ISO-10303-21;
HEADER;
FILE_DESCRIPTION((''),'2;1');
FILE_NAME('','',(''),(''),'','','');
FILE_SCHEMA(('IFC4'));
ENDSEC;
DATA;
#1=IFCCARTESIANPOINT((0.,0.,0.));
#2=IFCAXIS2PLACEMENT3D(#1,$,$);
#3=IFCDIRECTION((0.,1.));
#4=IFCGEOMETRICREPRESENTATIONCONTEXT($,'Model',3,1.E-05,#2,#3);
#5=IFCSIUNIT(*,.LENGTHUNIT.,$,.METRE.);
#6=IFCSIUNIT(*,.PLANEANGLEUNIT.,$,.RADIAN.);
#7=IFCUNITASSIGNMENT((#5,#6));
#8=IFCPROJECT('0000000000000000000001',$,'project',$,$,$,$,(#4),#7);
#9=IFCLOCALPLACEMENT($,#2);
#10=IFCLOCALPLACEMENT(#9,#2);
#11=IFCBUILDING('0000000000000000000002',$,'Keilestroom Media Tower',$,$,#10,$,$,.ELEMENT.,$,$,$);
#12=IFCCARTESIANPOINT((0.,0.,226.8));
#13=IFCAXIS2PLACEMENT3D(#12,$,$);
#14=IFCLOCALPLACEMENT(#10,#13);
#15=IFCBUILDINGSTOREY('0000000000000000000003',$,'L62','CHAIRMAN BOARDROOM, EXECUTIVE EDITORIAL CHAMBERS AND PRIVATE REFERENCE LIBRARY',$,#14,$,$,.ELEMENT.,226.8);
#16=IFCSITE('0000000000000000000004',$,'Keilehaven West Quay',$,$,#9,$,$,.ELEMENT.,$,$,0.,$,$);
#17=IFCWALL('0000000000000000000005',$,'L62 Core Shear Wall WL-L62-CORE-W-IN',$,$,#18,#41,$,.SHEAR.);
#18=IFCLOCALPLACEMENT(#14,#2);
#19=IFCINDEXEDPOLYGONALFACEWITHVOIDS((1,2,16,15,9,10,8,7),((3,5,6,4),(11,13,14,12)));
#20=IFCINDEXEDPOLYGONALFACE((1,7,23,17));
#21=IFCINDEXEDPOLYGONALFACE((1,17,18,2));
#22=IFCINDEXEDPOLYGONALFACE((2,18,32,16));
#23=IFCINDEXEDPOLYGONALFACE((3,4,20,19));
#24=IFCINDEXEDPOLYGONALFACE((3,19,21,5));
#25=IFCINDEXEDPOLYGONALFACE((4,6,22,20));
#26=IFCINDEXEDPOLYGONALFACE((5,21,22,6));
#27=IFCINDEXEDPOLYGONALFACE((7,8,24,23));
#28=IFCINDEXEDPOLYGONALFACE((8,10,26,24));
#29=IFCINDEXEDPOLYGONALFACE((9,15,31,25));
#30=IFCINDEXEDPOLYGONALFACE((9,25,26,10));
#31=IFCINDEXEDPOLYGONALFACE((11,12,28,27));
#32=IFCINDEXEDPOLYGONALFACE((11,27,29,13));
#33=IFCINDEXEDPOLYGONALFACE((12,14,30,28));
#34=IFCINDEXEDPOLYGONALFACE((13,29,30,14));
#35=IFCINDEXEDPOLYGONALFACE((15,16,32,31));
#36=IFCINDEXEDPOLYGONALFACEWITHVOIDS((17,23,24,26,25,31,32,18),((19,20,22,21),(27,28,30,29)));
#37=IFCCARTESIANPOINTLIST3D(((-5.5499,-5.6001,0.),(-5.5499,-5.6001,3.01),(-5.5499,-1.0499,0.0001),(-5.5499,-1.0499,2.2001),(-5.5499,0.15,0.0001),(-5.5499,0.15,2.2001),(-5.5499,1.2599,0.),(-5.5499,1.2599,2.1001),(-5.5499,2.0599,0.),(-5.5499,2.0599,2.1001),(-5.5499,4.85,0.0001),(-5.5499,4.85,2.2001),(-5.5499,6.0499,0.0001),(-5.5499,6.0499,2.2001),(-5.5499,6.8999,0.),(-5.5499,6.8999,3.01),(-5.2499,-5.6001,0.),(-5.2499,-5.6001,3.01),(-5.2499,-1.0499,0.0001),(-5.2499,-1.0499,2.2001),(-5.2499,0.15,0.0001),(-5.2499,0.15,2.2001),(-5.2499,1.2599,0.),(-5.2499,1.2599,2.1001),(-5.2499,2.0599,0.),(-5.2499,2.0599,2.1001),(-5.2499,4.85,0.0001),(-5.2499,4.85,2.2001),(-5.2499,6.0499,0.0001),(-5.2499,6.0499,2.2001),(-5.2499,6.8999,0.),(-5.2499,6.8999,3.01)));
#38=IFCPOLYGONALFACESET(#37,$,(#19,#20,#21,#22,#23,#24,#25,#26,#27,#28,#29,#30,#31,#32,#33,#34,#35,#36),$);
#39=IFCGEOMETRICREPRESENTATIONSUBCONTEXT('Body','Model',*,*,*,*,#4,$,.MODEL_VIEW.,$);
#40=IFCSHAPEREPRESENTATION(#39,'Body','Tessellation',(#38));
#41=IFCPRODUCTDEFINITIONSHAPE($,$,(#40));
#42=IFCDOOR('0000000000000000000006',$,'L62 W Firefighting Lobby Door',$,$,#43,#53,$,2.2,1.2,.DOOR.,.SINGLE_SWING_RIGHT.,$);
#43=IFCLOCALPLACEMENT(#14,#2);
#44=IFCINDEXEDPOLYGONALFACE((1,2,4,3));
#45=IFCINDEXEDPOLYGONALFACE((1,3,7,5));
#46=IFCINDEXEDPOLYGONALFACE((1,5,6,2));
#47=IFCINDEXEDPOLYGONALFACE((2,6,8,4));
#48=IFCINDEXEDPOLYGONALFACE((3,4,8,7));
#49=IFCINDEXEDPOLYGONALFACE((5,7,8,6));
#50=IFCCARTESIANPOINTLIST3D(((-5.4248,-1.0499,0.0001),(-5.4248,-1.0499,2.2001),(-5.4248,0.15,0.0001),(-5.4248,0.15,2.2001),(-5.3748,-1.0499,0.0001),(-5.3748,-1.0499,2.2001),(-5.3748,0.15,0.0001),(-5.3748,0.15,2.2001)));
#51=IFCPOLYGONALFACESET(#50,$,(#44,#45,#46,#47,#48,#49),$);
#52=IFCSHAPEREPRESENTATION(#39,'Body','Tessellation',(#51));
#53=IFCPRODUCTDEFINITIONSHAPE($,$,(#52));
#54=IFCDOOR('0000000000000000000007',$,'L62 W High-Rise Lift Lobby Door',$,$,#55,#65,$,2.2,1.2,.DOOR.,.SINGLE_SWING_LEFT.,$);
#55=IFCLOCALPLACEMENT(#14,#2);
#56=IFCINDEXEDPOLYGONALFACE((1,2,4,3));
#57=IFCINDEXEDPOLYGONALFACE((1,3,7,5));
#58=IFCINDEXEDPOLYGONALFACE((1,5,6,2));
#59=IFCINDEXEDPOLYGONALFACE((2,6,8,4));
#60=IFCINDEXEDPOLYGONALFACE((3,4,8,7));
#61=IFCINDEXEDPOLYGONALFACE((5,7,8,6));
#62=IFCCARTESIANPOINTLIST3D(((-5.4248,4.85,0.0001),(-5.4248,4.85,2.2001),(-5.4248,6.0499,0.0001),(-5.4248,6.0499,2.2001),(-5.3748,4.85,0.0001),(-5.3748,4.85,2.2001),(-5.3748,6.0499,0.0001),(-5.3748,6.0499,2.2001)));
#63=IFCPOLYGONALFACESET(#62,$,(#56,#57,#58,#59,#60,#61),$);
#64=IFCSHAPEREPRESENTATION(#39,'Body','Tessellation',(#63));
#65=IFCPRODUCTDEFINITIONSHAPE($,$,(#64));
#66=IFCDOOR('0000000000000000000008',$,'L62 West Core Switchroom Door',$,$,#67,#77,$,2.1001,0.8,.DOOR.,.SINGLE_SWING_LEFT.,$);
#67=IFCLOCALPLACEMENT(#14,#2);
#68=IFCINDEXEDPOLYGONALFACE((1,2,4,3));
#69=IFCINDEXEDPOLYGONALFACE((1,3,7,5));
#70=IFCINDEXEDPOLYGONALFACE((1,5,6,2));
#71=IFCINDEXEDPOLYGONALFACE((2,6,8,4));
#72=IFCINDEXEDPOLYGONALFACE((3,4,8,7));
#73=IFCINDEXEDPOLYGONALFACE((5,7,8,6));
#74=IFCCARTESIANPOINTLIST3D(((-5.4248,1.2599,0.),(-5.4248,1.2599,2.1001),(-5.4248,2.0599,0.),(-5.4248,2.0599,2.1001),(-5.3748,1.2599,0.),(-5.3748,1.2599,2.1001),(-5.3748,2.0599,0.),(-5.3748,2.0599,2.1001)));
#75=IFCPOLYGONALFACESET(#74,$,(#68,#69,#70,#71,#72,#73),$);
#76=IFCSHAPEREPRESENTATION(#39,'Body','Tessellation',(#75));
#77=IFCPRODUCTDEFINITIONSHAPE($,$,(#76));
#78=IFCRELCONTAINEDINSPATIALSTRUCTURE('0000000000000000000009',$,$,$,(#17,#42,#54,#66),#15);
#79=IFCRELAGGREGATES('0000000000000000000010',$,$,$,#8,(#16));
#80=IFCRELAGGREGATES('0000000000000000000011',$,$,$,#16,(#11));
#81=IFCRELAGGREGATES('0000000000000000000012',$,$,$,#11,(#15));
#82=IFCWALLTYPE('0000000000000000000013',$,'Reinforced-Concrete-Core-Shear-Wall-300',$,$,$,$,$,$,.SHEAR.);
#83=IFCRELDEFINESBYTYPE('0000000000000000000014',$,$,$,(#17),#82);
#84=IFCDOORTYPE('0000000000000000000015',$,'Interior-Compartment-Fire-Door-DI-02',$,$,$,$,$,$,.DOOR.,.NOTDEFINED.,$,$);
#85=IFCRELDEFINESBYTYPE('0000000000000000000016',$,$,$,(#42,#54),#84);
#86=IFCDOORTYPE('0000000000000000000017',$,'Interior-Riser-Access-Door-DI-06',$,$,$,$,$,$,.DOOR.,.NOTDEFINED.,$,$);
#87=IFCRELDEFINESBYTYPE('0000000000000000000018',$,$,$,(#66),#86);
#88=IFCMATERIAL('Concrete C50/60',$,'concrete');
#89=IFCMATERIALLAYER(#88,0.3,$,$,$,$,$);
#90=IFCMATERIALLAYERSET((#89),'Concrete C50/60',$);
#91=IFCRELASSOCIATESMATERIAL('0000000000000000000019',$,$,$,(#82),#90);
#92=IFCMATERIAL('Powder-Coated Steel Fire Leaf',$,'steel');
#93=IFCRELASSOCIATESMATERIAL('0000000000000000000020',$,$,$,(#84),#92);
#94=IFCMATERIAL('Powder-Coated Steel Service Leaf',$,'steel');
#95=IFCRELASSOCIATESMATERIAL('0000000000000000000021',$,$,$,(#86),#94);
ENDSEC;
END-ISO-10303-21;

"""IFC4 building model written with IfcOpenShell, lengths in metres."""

from ifc_helpers import new_model, si_unit, direction, frame, frame_2d, origin, place, context, subcontext, project, spatial, rectangle, extrude, source, transform, mapped, material, layer, layer_set, type_object, element, fill, save


model = new_model("IFC4")

# Units and contexts
model_context = context("Model", 3, precision=1e-05, world=origin(), true_north=direction((0.0, 1.0)))
body_context = subcontext(model_context, "Body", "Model", "MODEL_VIEW")
ifc_project = project(units=[si_unit("LENGTHUNIT", "METRE"), si_unit("PLANEANGLEUNIT", "RADIAN")], contexts=[model_context])

# Site, building, storey
site_placement = place(None, origin())
site = spatial("IfcSite", under=ifc_project, at=site_placement, Name="Keilehaven West Quay", CompositionType="ELEMENT", RefElevation=0.0)
building_placement = place(site_placement, origin())
building = spatial("IfcBuilding", under=site, at=building_placement, Name="Keilestroom Media Tower", CompositionType="ELEMENT")
storey_placement = place(building_placement, frame((0.0, 0.0, 226.8)))
storey = spatial("IfcBuildingStorey", under=building, at=storey_placement, Name="L62", Description="CHAIRMAN BOARDROOM, EXECUTIVE EDITORIAL CHAMBERS AND PRIVATE REFERENCE LIBRARY", CompositionType="ELEMENT", Elevation=226.8)

# Shared definitions
ifc_material_1 = material(Name="Concrete C50/60", Category="concrete")
ifc_layer_1 = layer(ifc_material_1, 0.3)
ifc_layer_set_1 = layer_set([ifc_layer_1], Name="Concrete C50/60")
wall_type_1 = type_object("IfcWallType", Name="Reinforced-Concrete-Core-Shear-Wall-300", PredefinedType="SHEAR", material=ifc_layer_set_1)

# Wall, openings, doors
wall_1_placement = place(storey_placement, frame((-5.3999, -5.6001, 0.0), z_axis=(0.0, 0.0, 1.0), x_axis=(0.0, 1.0, 0.0)))
wall_1 = element("IfcWall", 1, at=wall_1_placement, inside=storey, type_object=wall_type_1, Name="L62 Core Shear Wall WL-L62-CORE-W-IN", PredefinedType="SHEAR", context=body_context, shape_type="SweptSolid", body=[
    extrude(rectangle(XDim=12.5, YDim=0.3, at=frame_2d((6.25, 0.0))), origin(), (0.0, 0.0, 1.0), 3.01),
])
opening_1_placement = place(wall_1_placement, frame((4.55, 0.0, 0.0)))
opening_1 = element("IfcOpeningElement", 2, at=opening_1_placement, cuts=wall_1, PredefinedType="OPENING", context=body_context, shape_type="SweptSolid", body=[
    extrude(rectangle(XDim=1.2, YDim=2.2, at=frame_2d((0.6001, 1.1001))), frame((0.0, 0.1602, 0.0), z_axis=(0.0, -1.0, 0.0), x_axis=(1.0, 0.0, 0.0)), (0.0, 0.0, 1.0), 0.3201),
])
opening_2_placement = place(wall_1_placement, frame((10.45, 0.0, 0.0)))
opening_2 = element("IfcOpeningElement", 3, at=opening_2_placement, cuts=wall_1, PredefinedType="OPENING", context=body_context, shape_type="SweptSolid", body=[
    extrude(rectangle(XDim=1.2, YDim=2.2, at=frame_2d((0.6001, 1.1001))), frame((0.0, 0.1602, 0.0), z_axis=(0.0, -1.0, 0.0), x_axis=(1.0, 0.0, 0.0)), (0.0, 0.0, 1.0), 0.3201),
])
opening_3_placement = place(wall_1_placement, frame((6.8601, 0.0, 0.0)))
opening_3 = element("IfcOpeningElement", 4, at=opening_3_placement, cuts=wall_1, PredefinedType="OPENING", context=body_context, shape_type="SweptSolid", body=[
    extrude(rectangle(XDim=0.8, YDim=2.1001, at=frame_2d((0.3999, 1.05))), frame((0.0, 0.1602, 0.0), z_axis=(0.0, -1.0, 0.0), x_axis=(1.0, 0.0, 0.0)), (0.0, 0.0, 1.0), 0.3201),
])
ifc_material_2 = material(Name="Powder-Coated Steel Fire Leaf", Category="steel")
door_type_1 = type_object("IfcDoorType", Name="Interior-Compartment-Fire-Door-DI-02", OperationType="NOTDEFINED", PredefinedType="DOOR", material=ifc_material_2)
shared_shape_1 = source(origin(), body_context, "Body", "SweptSolid", [
    extrude(rectangle(XDim=1.2, YDim=2.2, at=frame_2d((0.6001, 1.1001))), frame((0.0, 0.0249, 0.0), z_axis=(0.0, -1.0, 0.0), x_axis=(1.0, 0.0, 0.0)), (0.0, 0.0, 1.0), 0.05),
])
door_1_placement = place(opening_1_placement, origin())
door_1 = element("IfcDoor", 5, at=door_1_placement, inside=storey, type_object=door_type_1, Name="L62 W Firefighting Lobby Door", OperationType="SINGLE_SWING_RIGHT", OverallHeight=2.2, OverallWidth=1.2, PredefinedType="DOOR", context=body_context, shape_type="MappedRepresentation", body=[
    mapped(shared_shape_1, transform((0.0, 0.0, 0.0), x_axis=(1.0, 0.0, 0.0), y_axis=(0.0, 1.0, 0.0), z_axis=(0.0, 0.0, 1.0), scale=1.0)),
])
fill(opening_1, door_1)
door_2_placement = place(opening_2_placement, origin())
door_2 = element("IfcDoor", 6, at=door_2_placement, inside=storey, type_object=door_type_1, Name="L62 W High-Rise Lift Lobby Door", OperationType="SINGLE_SWING_LEFT", OverallHeight=2.2, OverallWidth=1.2, PredefinedType="DOOR", context=body_context, shape_type="MappedRepresentation", body=[
    mapped(shared_shape_1, transform((0.0, 0.0, 0.0), x_axis=(1.0, 0.0, 0.0), y_axis=(0.0, 1.0, 0.0), z_axis=(0.0, 0.0, 1.0), scale=1.0)),
])
fill(opening_2, door_2)
ifc_material_3 = material(Name="Powder-Coated Steel Service Leaf", Category="steel")
door_type_2 = type_object("IfcDoorType", Name="Interior-Riser-Access-Door-DI-06", OperationType="NOTDEFINED", PredefinedType="DOOR", material=ifc_material_3)
shared_shape_2 = source(origin(), body_context, "Body", "SweptSolid", [
    extrude(rectangle(XDim=0.8, YDim=2.1001, at=frame_2d((0.3999, 1.05))), frame((0.0, 0.0249, 0.0), z_axis=(0.0, -1.0, 0.0), x_axis=(1.0, 0.0, 0.0)), (0.0, 0.0, 1.0), 0.05),
])
door_3_placement = place(opening_3_placement, origin())
door_3 = element("IfcDoor", 7, at=door_3_placement, inside=storey, type_object=door_type_2, Name="L62 West Core Switchroom Door", OperationType="SINGLE_SWING_LEFT", OverallHeight=2.1001, OverallWidth=0.8, PredefinedType="DOOR", context=body_context, shape_type="MappedRepresentation", body=[
    mapped(shared_shape_2, transform((0.0, 0.0, 0.0), x_axis=(1.0, 0.0, 0.0), y_axis=(0.0, 1.0, 0.0), z_axis=(0.0, 0.0, 1.0), scale=1.0)),
])
fill(opening_3, door_3)

save(model, "model.ifc")
